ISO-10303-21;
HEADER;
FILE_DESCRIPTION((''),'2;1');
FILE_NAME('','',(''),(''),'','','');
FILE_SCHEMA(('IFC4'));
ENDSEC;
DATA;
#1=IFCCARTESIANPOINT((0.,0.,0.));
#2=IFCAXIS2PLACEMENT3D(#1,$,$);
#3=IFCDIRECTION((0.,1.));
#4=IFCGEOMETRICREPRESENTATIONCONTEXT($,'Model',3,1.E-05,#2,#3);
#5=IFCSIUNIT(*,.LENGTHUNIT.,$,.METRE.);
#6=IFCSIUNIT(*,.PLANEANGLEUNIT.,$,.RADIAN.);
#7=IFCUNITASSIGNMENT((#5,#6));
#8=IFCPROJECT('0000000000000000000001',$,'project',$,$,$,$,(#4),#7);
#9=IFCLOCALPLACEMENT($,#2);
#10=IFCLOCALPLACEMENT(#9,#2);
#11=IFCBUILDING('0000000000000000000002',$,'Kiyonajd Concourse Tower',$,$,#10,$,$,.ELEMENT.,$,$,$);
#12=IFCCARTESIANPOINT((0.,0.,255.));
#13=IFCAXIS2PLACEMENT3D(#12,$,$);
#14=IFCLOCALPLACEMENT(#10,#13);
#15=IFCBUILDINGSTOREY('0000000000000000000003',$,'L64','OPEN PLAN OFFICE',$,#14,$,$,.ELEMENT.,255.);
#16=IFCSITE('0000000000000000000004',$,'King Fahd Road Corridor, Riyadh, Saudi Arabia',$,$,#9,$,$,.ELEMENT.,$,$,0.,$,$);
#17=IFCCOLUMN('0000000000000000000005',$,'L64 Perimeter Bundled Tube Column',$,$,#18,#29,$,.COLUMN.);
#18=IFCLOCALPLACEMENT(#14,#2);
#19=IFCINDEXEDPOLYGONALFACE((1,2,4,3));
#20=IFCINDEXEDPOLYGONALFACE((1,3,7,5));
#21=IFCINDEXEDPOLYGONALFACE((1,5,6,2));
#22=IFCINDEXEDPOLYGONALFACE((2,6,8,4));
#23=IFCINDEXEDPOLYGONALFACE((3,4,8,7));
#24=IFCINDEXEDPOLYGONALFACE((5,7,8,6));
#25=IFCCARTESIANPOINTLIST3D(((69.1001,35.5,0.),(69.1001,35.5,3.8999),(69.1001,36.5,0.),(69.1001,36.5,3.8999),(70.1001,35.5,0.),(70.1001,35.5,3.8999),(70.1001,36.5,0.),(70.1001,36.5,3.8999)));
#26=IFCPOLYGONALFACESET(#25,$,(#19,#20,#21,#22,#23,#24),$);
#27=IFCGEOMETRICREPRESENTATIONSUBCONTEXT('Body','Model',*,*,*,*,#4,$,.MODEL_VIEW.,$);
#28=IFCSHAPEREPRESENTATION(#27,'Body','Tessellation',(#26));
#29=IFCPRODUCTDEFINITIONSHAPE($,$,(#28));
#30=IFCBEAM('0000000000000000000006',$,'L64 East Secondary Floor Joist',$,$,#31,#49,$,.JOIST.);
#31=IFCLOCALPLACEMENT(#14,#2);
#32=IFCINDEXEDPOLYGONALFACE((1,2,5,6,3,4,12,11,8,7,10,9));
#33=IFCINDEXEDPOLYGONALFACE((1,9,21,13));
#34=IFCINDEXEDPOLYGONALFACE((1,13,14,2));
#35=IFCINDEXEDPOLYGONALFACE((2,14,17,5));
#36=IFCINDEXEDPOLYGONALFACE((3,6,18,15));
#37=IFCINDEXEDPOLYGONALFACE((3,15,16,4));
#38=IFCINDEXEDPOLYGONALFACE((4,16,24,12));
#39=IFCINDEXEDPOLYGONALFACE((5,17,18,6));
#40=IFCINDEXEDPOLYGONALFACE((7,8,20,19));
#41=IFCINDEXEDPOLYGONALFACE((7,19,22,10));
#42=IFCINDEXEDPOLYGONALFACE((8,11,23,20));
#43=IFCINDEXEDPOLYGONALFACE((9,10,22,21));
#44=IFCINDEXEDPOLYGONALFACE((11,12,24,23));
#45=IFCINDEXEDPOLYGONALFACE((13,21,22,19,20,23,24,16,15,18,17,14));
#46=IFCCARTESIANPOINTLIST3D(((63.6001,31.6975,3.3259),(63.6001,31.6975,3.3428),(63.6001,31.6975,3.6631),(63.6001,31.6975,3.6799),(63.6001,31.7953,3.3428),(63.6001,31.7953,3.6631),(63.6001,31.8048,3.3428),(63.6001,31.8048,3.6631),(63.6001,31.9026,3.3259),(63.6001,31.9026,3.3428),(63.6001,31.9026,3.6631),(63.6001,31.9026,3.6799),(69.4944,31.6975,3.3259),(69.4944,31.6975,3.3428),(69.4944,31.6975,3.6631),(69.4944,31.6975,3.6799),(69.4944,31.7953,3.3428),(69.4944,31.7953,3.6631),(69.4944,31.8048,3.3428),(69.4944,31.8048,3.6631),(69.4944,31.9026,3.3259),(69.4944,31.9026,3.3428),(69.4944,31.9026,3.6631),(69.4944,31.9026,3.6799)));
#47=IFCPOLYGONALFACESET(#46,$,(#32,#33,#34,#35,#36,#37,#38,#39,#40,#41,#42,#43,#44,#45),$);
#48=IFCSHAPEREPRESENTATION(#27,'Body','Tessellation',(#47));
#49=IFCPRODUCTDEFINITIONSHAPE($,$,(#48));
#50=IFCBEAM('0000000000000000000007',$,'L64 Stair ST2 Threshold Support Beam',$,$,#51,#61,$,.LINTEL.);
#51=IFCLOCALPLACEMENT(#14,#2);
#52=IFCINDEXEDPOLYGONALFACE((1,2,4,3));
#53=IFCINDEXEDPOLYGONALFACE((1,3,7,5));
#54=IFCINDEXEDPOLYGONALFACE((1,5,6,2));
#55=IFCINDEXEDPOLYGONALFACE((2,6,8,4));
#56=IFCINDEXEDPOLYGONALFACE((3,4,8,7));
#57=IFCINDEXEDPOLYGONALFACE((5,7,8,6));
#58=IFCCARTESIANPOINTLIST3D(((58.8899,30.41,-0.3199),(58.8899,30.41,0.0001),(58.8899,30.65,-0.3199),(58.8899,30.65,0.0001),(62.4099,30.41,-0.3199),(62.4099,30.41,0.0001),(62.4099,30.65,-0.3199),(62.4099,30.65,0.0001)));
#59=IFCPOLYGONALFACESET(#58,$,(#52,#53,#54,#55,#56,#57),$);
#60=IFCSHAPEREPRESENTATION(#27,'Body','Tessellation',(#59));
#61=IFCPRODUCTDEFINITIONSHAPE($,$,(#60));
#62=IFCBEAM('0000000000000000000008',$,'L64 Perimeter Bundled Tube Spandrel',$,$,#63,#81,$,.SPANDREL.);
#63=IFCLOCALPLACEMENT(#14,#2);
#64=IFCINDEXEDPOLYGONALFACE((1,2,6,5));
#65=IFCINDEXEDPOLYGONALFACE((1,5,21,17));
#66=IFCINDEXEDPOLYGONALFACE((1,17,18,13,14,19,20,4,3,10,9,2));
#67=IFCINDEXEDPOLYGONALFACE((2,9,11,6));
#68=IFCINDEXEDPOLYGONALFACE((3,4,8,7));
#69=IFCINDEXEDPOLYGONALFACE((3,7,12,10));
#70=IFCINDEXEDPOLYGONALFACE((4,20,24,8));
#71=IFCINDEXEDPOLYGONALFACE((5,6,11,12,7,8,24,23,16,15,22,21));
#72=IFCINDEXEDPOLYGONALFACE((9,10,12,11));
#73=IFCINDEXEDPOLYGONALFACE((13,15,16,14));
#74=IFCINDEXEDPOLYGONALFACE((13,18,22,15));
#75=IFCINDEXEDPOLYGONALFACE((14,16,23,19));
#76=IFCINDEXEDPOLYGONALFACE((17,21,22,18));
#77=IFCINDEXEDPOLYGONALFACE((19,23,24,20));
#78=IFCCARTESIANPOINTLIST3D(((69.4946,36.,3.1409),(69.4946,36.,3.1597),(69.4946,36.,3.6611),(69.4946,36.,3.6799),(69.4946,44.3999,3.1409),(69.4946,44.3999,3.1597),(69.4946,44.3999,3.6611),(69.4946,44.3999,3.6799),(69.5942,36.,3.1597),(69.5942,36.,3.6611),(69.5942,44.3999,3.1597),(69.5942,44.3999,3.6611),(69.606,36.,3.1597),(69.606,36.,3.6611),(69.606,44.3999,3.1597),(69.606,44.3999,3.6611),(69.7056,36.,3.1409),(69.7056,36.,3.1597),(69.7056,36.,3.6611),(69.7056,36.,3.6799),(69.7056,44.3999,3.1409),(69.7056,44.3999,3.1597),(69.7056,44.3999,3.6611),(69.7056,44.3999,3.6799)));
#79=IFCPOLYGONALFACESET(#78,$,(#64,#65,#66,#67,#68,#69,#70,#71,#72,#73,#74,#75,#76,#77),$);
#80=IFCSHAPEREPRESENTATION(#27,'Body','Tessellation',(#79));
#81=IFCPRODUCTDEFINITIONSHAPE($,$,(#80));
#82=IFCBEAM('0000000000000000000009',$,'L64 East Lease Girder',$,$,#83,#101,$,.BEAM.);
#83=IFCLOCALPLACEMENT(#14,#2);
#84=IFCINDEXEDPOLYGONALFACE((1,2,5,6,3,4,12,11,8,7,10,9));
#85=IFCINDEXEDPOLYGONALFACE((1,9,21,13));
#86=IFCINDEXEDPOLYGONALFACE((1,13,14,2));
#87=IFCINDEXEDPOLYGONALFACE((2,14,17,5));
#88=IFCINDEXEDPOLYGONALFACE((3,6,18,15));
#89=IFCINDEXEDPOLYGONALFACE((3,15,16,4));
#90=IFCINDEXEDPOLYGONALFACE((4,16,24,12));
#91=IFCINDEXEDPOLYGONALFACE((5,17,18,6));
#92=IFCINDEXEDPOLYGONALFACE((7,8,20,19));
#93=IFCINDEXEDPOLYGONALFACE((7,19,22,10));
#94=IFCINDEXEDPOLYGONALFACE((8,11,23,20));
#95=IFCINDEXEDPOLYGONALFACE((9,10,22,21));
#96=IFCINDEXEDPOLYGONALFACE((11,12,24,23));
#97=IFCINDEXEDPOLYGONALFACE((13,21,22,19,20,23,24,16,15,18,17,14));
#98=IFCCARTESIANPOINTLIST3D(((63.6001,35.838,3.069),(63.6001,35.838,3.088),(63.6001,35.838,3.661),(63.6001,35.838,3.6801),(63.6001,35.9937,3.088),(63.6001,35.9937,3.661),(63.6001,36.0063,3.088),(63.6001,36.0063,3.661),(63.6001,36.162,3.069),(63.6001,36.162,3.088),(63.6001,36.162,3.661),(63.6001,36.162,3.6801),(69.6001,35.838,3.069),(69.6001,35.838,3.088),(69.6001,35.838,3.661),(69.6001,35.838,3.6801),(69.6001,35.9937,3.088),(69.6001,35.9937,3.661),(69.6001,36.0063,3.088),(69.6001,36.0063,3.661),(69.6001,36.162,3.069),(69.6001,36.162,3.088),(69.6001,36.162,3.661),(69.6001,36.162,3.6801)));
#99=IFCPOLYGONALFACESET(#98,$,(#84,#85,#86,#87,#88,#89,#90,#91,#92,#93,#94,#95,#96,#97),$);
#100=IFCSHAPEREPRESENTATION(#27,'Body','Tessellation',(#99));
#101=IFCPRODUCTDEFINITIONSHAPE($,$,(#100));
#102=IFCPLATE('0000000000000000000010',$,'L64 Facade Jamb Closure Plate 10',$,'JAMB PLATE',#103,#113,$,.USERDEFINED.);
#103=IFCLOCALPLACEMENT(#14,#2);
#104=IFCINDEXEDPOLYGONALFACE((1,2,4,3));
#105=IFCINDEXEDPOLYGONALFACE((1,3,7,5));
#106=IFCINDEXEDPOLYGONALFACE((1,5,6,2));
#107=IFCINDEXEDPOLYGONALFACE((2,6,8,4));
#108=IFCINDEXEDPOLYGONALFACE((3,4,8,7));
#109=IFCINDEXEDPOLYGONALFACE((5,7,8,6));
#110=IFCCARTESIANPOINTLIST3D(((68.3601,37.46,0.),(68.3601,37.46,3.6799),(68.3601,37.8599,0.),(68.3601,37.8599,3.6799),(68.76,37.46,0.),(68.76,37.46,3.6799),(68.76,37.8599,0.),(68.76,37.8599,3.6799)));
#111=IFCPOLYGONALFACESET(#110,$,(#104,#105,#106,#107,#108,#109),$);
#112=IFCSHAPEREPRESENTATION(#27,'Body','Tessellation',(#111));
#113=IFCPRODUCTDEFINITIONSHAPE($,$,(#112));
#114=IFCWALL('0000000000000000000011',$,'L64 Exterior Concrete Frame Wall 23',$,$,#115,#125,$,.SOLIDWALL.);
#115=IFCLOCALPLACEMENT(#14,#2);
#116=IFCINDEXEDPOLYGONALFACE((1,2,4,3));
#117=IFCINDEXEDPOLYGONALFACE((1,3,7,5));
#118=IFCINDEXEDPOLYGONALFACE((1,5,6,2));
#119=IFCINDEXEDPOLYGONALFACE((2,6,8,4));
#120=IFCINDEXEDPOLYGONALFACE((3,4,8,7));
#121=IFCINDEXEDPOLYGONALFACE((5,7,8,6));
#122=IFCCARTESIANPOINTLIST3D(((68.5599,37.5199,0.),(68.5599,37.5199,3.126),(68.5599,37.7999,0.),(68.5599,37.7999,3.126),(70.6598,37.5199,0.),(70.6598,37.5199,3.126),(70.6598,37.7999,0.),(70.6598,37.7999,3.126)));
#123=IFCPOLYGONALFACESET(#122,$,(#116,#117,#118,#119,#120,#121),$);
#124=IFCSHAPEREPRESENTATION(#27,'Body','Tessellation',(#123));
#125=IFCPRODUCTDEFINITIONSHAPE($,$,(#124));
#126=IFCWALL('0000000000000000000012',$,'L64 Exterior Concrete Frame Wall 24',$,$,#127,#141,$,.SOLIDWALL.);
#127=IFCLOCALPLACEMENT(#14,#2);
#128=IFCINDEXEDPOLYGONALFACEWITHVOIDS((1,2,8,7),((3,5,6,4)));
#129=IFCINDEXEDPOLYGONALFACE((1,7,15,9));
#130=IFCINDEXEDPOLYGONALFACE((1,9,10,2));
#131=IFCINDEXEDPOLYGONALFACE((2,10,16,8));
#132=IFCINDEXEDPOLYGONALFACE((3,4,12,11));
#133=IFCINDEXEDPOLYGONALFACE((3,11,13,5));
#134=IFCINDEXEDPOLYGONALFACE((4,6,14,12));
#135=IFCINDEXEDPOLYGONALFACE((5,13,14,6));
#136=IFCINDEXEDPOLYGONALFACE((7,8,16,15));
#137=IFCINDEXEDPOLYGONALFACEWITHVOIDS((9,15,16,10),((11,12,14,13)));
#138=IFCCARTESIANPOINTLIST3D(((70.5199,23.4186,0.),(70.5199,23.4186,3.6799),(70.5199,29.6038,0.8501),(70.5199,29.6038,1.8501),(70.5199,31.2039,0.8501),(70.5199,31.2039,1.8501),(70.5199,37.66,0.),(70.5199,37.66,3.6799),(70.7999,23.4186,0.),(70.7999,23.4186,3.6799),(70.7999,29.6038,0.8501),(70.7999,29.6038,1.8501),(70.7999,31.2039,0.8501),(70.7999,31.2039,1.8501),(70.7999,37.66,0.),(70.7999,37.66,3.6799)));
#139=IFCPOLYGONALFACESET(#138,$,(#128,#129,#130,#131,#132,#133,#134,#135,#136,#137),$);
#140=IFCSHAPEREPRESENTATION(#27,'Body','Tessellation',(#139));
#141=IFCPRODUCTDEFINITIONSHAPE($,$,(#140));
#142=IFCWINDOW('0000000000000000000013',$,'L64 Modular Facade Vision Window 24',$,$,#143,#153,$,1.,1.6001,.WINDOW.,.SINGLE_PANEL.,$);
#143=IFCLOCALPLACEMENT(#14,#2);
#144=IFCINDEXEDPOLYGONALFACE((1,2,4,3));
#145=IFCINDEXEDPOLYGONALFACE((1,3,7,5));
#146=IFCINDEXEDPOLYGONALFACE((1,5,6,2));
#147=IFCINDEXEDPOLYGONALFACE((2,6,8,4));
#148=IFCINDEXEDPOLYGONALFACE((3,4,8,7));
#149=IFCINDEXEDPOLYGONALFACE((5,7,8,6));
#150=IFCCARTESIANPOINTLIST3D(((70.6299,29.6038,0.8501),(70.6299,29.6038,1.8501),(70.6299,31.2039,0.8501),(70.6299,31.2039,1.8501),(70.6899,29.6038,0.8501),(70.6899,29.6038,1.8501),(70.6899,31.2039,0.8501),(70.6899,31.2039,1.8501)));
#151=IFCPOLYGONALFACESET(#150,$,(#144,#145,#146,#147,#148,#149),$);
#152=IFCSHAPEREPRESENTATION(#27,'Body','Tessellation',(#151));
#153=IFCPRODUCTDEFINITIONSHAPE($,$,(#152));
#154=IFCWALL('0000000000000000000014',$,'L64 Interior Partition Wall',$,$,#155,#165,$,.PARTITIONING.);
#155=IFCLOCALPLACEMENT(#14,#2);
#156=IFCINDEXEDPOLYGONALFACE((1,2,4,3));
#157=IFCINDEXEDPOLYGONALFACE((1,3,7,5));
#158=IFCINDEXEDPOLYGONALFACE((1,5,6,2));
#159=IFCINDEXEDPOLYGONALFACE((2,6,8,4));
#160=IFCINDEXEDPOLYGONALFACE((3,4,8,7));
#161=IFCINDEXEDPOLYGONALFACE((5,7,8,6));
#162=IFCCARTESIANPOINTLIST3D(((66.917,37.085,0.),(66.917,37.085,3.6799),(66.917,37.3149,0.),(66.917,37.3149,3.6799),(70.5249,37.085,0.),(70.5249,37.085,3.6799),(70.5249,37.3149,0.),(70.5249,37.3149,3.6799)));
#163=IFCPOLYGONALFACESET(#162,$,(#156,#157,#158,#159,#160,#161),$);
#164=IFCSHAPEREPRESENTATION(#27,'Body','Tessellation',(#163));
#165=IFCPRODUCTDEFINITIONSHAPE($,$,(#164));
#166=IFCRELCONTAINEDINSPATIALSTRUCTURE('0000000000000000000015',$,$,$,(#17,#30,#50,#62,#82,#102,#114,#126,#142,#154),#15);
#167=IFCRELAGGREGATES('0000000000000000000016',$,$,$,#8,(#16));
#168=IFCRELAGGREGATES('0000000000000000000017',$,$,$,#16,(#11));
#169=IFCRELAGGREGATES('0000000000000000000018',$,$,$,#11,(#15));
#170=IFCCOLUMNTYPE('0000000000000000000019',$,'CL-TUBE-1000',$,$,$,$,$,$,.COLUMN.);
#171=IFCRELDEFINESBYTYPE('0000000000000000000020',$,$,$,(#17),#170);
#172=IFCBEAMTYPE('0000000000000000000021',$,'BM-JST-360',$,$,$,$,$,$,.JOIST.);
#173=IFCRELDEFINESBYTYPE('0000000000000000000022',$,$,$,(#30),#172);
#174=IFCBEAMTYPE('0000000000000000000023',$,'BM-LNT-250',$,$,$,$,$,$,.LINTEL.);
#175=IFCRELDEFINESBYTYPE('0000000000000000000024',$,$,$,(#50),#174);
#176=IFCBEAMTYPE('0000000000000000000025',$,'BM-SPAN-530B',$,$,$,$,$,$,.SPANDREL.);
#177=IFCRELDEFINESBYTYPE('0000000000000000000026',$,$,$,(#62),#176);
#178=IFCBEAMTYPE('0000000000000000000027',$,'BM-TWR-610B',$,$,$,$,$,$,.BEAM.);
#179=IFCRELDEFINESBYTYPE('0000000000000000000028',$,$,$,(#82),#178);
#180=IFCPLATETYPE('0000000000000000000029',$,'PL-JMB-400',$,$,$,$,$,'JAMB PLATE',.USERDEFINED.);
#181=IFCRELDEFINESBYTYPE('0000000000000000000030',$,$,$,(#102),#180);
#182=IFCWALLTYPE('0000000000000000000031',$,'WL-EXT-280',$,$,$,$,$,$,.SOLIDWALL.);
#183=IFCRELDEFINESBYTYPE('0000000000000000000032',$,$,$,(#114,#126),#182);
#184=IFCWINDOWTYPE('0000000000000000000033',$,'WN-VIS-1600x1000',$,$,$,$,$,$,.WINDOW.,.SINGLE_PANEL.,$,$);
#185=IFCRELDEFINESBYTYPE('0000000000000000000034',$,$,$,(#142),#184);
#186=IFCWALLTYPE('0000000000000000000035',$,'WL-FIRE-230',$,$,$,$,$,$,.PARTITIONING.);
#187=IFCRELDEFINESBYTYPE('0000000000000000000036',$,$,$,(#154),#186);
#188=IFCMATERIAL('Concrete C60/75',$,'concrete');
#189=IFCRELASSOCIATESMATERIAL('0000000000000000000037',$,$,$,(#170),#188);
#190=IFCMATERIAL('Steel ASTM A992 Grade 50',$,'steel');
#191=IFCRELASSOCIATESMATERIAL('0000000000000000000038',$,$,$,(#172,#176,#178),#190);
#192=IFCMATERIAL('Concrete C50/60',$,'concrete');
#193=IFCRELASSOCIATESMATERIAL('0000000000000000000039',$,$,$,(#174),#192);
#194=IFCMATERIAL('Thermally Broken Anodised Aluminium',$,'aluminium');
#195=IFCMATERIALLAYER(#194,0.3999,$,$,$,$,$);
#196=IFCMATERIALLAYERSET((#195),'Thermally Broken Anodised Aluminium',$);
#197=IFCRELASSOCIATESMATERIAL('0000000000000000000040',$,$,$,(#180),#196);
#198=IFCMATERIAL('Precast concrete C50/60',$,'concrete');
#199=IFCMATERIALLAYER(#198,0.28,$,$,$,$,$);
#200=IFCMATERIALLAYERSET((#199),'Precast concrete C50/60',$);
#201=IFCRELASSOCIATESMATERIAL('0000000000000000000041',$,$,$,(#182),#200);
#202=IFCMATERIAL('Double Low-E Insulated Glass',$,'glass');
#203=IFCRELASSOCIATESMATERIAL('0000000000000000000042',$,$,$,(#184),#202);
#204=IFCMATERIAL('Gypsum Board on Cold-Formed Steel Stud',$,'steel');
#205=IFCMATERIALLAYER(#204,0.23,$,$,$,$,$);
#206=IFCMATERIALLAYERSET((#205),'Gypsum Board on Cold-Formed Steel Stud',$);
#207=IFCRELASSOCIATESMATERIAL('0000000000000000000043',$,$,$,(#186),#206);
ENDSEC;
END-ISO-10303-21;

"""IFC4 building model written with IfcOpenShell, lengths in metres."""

from ifc_helpers import new_model, si_unit, direction, frame, frame_2d, origin, origin_2d, place, context, subcontext, project, spatial, rectangle, i_section, extrude, material, layer, layer_set, material_profile, profile_set, type_object, element, fill, save


model = new_model("IFC4")

# Units and contexts
model_context = context("Model", 3, precision=1e-05, world=origin(), true_north=direction((0.0, 1.0)))
body_context = subcontext(model_context, "Body", "Model", "MODEL_VIEW")
ifc_project = project(units=[si_unit("LENGTHUNIT", "METRE"), si_unit("PLANEANGLEUNIT", "RADIAN")], contexts=[model_context])

# Site, building, storey
site_placement = place(None, origin())
site = spatial("IfcSite", under=ifc_project, at=site_placement, Name="King Fahd Road Corridor, Riyadh, Saudi Arabia", CompositionType="ELEMENT", RefElevation=0.0)
building_placement = place(site_placement, origin())
building = spatial("IfcBuilding", under=site, at=building_placement, Name="Kiyonajd Concourse Tower", CompositionType="ELEMENT")
storey_placement = place(building_placement, frame((0.0, 0.0, 255.0)))
storey = spatial("IfcBuildingStorey", under=building, at=storey_placement, Name="L64", Description="OPEN PLAN OFFICE", CompositionType="ELEMENT", Elevation=255.0)

# Column
ifc_material_1 = material(Name="Concrete C60/75", Category="concrete")
ifc_material_profile_1 = material_profile(ifc_material_1, rectangle(XDim=1.0, YDim=1.0, at=origin_2d()), Name="RC-1000x1000")
ifc_profile_set_1 = profile_set([ifc_material_profile_1], Name="Concrete C60/75")
column_type = type_object("IfcColumnType", Name="CL-TUBE-1000", PredefinedType="COLUMN", material=ifc_profile_set_1)
column_placement = place(storey_placement, frame((69.6001, 36.0, 0.0), z_axis=(0.0, 0.0, 1.0), x_axis=(1.0, 0.0, 0.0)))
element("IfcColumn", 1, at=column_placement, inside=storey, type_object=column_type, Name="L64 Perimeter Bundled Tube Column", PredefinedType="COLUMN", context=body_context, shape_type="SweptSolid", body=[
    extrude(rectangle(XDim=1.0, YDim=1.0, at=origin_2d()), origin(), (0.0, 0.0, 1.0), 3.8999),
])

# Beams
ifc_material_2 = material(Name="Steel ASTM A992 Grade 50", Category="steel")
ifc_material_profile_2 = material_profile(ifc_material_2, i_section(OverallWidth=0.2051, OverallDepth=0.354, WebThickness=0.0095, FlangeThickness=0.0168, at=origin_2d()), Name="W360X79")
ifc_profile_set_2 = profile_set([ifc_material_profile_2], Name="Steel ASTM A992 Grade 50")
beam_type_1 = type_object("IfcBeamType", Name="BM-JST-360", PredefinedType="JOIST", material=ifc_profile_set_2)
beam_1_placement = place(storey_placement, frame((63.6001, 31.8, 3.5029), z_axis=(1.0, 0.0, 0.0), x_axis=(0.0, 1.0, 0.0)))
element("IfcBeam", 2, at=beam_1_placement, inside=storey, type_object=beam_type_1, Name="L64 East Secondary Floor Joist", PredefinedType="JOIST", context=body_context, shape_type="SweptSolid", body=[
    extrude(i_section(OverallWidth=0.2051, OverallDepth=0.354, WebThickness=0.0095, FlangeThickness=0.0168, at=origin_2d()), origin(), (0.0, 0.0, 1.0), 5.8943),
])
ifc_material_3 = material(Name="Concrete C50/60", Category="concrete")
ifc_material_profile_3 = material_profile(ifc_material_3, rectangle(XDim=0.24, YDim=0.3201, at=origin_2d()), Name="RCBM-240x320")
ifc_profile_set_3 = profile_set([ifc_material_profile_3], Name="Concrete C50/60")
beam_type_2 = type_object("IfcBeamType", Name="BM-LNT-250", PredefinedType="LINTEL", material=ifc_profile_set_3)
beam_2_placement = place(storey_placement, frame((58.8899, 30.53, -0.1599), z_axis=(1.0, 0.0, 0.0), x_axis=(0.0, 1.0, 0.0)))
element("IfcBeam", 3, at=beam_2_placement, inside=storey, type_object=beam_type_2, Name="L64 Stair ST2 Threshold Support Beam", PredefinedType="LINTEL", context=body_context, shape_type="SweptSolid", body=[
    extrude(rectangle(XDim=0.24, YDim=0.3201, at=origin_2d()), origin(), (0.0, 0.0, 1.0), 3.52),
])
ifc_material_profile_4 = material_profile(ifc_material_2, i_section(OverallWidth=0.2109, OverallDepth=0.5391, WebThickness=0.0117, FlangeThickness=0.0188, at=origin_2d()), Name="W530X109")
ifc_profile_set_4 = profile_set([ifc_material_profile_4], Name="Steel ASTM A992 Grade 50")
beam_type_3 = type_object("IfcBeamType", Name="BM-SPAN-530B", PredefinedType="SPANDREL", material=ifc_profile_set_4)
beam_3_placement = place(storey_placement, frame((69.6001, 36.0, 3.4104), z_axis=(0.0, 1.0, 0.0), x_axis=(-1.0, 0.0, 0.0)))
element("IfcBeam", 4, at=beam_3_placement, inside=storey, type_object=beam_type_3, Name="L64 Perimeter Bundled Tube Spandrel", PredefinedType="SPANDREL", context=body_context, shape_type="SweptSolid", body=[
    extrude(i_section(OverallWidth=0.2109, OverallDepth=0.5391, WebThickness=0.0117, FlangeThickness=0.0188, at=origin_2d()), origin(), (0.0, 0.0, 1.0), 8.3999),
])
ifc_material_profile_5 = material_profile(ifc_material_2, i_section(OverallWidth=0.324, OverallDepth=0.6111, WebThickness=0.0127, FlangeThickness=0.019, at=origin_2d()), Name="W610X155")
ifc_profile_set_5 = profile_set([ifc_material_profile_5], Name="Steel ASTM A992 Grade 50")
beam_type_4 = type_object("IfcBeamType", Name="BM-TWR-610B", PredefinedType="BEAM", material=ifc_profile_set_5)
beam_4_placement = place(storey_placement, frame((63.6001, 36.0, 3.3745), z_axis=(1.0, 0.0, 0.0), x_axis=(0.0, 1.0, 0.0)))
element("IfcBeam", 5, at=beam_4_placement, inside=storey, type_object=beam_type_4, Name="L64 East Lease Girder", PredefinedType="BEAM", context=body_context, shape_type="SweptSolid", body=[
    extrude(i_section(OverallWidth=0.324, OverallDepth=0.6111, WebThickness=0.0127, FlangeThickness=0.019, at=origin_2d()), origin(), (0.0, 0.0, 1.0), 6.0),
])

# Plate
ifc_material_4 = material(Name="Thermally Broken Anodised Aluminium", Category="aluminium")
ifc_layer_1 = layer(ifc_material_4, 0.3999)
ifc_layer_set_1 = layer_set([ifc_layer_1], Name="Thermally Broken Anodised Aluminium")
plate_type = type_object("IfcPlateType", Name="PL-JMB-400", ElementType="JAMB PLATE", PredefinedType="USERDEFINED", material=ifc_layer_set_1)
plate_placement = place(storey_placement, frame((68.5601, 37.6599, 0.0), z_axis=(0.0, 0.0, 1.0), x_axis=(1.0, 0.0, 0.0)))
element("IfcPlate", 6, at=plate_placement, inside=storey, type_object=plate_type, Name="L64 Facade Jamb Closure Plate 10", ObjectType="JAMB PLATE", PredefinedType="USERDEFINED", context=body_context, shape_type="SweptSolid", body=[
    extrude(rectangle(XDim=0.3999, YDim=0.3999, at=origin_2d()), origin(), (0.0, 0.0, 1.0), 3.6799),
])

# Wall
ifc_material_5 = material(Name="Precast concrete C50/60", Category="concrete")
ifc_layer_2 = layer(ifc_material_5, 0.28)
ifc_layer_set_2 = layer_set([ifc_layer_2], Name="Precast concrete C50/60")
wall_type_1 = type_object("IfcWallType", Name="WL-EXT-280", PredefinedType="SOLIDWALL", material=ifc_layer_set_2)
wall_1_placement = place(storey_placement, frame((68.5601, 37.6599, 0.0), z_axis=(0.0, 0.0, 1.0), x_axis=(1.0, 0.0, 0.0)))
element("IfcWall", 7, at=wall_1_placement, inside=storey, type_object=wall_type_1, Name="L64 Exterior Concrete Frame Wall 23", PredefinedType="SOLIDWALL", context=body_context, shape_type="SweptSolid", body=[
    extrude(rectangle(XDim=2.0999, YDim=0.28, at=frame_2d((1.0498, 0.0))), origin(), (0.0, 0.0, 1.0), 3.126),
])

# Wall, opening, window
wall_2_placement = place(storey_placement, frame((70.6599, 37.6599, 0.0), z_axis=(0.0, 0.0, 1.0), x_axis=(0.0, -1.0, 0.0)))
wall_2 = element("IfcWall", 8, at=wall_2_placement, inside=storey, type_object=wall_type_1, Name="L64 Exterior Concrete Frame Wall 24", PredefinedType="SOLIDWALL", context=body_context, shape_type="SweptSolid", body=[
    extrude(rectangle(XDim=14.2415, YDim=0.28, at=frame_2d((7.1206, 0.0))), origin(), (0.0, 0.0, 1.0), 3.6799),
])
opening_1_placement = place(wall_2_placement, frame((6.4561, 0.0, 0.8501)))
opening_1 = element("IfcOpeningElement", 9, at=opening_1_placement, cuts=wall_2, PredefinedType="OPENING", context=body_context, shape_type="SweptSolid", body=[
    extrude(rectangle(XDim=1.6001, YDim=1.0, at=frame_2d((0.8, 0.5))), frame((0.0, 0.1499, 0.0), z_axis=(0.0, -1.0, 0.0), x_axis=(1.0, 0.0, 0.0)), (0.0, 0.0, 1.0), 0.3),
])
ifc_material_6 = material(Name="Double Low-E Insulated Glass", Category="glass")
window_type = type_object("IfcWindowType", Name="WN-VIS-1600x1000", PartitioningType="SINGLE_PANEL", PredefinedType="WINDOW", material=ifc_material_6)
window_placement = place(opening_1_placement, origin())
window = element("IfcWindow", 10, at=window_placement, inside=storey, type_object=window_type, Name="L64 Modular Facade Vision Window 24", OverallHeight=1.0, OverallWidth=1.6001, PartitioningType="SINGLE_PANEL", PredefinedType="WINDOW", context=body_context, shape_type="SweptSolid", body=[
    extrude(rectangle(XDim=1.6001, YDim=1.0, at=frame_2d((0.8, 0.5))), frame((0.0, 0.03, 0.0), z_axis=(0.0, -1.0, 0.0), x_axis=(1.0, 0.0, 0.0)), (0.0, 0.0, 1.0), 0.0601),
])
fill(opening_1, window)

# Wall
ifc_material_7 = material(Name="Gypsum Board on Cold-Formed Steel Stud", Category="steel")
ifc_layer_3 = layer(ifc_material_7, 0.23)
ifc_layer_set_3 = layer_set([ifc_layer_3], Name="Gypsum Board on Cold-Formed Steel Stud")
wall_type_2 = type_object("IfcWallType", Name="WL-FIRE-230", PredefinedType="PARTITIONING", material=ifc_layer_set_3)
wall_3_placement = place(storey_placement, frame((66.917, 37.2, 0.0), z_axis=(0.0, 0.0, 1.0), x_axis=(1.0, 0.0, 0.0)))
element("IfcWall", 11, at=wall_3_placement, inside=storey, type_object=wall_type_2, Name="L64 Interior Partition Wall", PredefinedType="PARTITIONING", context=body_context, shape_type="SweptSolid", body=[
    extrude(rectangle(XDim=3.6079, YDim=0.23, at=frame_2d((1.804, 0.0))), origin(), (0.0, 0.0, 1.0), 3.6799),
])

save(model, "model.ifc")
